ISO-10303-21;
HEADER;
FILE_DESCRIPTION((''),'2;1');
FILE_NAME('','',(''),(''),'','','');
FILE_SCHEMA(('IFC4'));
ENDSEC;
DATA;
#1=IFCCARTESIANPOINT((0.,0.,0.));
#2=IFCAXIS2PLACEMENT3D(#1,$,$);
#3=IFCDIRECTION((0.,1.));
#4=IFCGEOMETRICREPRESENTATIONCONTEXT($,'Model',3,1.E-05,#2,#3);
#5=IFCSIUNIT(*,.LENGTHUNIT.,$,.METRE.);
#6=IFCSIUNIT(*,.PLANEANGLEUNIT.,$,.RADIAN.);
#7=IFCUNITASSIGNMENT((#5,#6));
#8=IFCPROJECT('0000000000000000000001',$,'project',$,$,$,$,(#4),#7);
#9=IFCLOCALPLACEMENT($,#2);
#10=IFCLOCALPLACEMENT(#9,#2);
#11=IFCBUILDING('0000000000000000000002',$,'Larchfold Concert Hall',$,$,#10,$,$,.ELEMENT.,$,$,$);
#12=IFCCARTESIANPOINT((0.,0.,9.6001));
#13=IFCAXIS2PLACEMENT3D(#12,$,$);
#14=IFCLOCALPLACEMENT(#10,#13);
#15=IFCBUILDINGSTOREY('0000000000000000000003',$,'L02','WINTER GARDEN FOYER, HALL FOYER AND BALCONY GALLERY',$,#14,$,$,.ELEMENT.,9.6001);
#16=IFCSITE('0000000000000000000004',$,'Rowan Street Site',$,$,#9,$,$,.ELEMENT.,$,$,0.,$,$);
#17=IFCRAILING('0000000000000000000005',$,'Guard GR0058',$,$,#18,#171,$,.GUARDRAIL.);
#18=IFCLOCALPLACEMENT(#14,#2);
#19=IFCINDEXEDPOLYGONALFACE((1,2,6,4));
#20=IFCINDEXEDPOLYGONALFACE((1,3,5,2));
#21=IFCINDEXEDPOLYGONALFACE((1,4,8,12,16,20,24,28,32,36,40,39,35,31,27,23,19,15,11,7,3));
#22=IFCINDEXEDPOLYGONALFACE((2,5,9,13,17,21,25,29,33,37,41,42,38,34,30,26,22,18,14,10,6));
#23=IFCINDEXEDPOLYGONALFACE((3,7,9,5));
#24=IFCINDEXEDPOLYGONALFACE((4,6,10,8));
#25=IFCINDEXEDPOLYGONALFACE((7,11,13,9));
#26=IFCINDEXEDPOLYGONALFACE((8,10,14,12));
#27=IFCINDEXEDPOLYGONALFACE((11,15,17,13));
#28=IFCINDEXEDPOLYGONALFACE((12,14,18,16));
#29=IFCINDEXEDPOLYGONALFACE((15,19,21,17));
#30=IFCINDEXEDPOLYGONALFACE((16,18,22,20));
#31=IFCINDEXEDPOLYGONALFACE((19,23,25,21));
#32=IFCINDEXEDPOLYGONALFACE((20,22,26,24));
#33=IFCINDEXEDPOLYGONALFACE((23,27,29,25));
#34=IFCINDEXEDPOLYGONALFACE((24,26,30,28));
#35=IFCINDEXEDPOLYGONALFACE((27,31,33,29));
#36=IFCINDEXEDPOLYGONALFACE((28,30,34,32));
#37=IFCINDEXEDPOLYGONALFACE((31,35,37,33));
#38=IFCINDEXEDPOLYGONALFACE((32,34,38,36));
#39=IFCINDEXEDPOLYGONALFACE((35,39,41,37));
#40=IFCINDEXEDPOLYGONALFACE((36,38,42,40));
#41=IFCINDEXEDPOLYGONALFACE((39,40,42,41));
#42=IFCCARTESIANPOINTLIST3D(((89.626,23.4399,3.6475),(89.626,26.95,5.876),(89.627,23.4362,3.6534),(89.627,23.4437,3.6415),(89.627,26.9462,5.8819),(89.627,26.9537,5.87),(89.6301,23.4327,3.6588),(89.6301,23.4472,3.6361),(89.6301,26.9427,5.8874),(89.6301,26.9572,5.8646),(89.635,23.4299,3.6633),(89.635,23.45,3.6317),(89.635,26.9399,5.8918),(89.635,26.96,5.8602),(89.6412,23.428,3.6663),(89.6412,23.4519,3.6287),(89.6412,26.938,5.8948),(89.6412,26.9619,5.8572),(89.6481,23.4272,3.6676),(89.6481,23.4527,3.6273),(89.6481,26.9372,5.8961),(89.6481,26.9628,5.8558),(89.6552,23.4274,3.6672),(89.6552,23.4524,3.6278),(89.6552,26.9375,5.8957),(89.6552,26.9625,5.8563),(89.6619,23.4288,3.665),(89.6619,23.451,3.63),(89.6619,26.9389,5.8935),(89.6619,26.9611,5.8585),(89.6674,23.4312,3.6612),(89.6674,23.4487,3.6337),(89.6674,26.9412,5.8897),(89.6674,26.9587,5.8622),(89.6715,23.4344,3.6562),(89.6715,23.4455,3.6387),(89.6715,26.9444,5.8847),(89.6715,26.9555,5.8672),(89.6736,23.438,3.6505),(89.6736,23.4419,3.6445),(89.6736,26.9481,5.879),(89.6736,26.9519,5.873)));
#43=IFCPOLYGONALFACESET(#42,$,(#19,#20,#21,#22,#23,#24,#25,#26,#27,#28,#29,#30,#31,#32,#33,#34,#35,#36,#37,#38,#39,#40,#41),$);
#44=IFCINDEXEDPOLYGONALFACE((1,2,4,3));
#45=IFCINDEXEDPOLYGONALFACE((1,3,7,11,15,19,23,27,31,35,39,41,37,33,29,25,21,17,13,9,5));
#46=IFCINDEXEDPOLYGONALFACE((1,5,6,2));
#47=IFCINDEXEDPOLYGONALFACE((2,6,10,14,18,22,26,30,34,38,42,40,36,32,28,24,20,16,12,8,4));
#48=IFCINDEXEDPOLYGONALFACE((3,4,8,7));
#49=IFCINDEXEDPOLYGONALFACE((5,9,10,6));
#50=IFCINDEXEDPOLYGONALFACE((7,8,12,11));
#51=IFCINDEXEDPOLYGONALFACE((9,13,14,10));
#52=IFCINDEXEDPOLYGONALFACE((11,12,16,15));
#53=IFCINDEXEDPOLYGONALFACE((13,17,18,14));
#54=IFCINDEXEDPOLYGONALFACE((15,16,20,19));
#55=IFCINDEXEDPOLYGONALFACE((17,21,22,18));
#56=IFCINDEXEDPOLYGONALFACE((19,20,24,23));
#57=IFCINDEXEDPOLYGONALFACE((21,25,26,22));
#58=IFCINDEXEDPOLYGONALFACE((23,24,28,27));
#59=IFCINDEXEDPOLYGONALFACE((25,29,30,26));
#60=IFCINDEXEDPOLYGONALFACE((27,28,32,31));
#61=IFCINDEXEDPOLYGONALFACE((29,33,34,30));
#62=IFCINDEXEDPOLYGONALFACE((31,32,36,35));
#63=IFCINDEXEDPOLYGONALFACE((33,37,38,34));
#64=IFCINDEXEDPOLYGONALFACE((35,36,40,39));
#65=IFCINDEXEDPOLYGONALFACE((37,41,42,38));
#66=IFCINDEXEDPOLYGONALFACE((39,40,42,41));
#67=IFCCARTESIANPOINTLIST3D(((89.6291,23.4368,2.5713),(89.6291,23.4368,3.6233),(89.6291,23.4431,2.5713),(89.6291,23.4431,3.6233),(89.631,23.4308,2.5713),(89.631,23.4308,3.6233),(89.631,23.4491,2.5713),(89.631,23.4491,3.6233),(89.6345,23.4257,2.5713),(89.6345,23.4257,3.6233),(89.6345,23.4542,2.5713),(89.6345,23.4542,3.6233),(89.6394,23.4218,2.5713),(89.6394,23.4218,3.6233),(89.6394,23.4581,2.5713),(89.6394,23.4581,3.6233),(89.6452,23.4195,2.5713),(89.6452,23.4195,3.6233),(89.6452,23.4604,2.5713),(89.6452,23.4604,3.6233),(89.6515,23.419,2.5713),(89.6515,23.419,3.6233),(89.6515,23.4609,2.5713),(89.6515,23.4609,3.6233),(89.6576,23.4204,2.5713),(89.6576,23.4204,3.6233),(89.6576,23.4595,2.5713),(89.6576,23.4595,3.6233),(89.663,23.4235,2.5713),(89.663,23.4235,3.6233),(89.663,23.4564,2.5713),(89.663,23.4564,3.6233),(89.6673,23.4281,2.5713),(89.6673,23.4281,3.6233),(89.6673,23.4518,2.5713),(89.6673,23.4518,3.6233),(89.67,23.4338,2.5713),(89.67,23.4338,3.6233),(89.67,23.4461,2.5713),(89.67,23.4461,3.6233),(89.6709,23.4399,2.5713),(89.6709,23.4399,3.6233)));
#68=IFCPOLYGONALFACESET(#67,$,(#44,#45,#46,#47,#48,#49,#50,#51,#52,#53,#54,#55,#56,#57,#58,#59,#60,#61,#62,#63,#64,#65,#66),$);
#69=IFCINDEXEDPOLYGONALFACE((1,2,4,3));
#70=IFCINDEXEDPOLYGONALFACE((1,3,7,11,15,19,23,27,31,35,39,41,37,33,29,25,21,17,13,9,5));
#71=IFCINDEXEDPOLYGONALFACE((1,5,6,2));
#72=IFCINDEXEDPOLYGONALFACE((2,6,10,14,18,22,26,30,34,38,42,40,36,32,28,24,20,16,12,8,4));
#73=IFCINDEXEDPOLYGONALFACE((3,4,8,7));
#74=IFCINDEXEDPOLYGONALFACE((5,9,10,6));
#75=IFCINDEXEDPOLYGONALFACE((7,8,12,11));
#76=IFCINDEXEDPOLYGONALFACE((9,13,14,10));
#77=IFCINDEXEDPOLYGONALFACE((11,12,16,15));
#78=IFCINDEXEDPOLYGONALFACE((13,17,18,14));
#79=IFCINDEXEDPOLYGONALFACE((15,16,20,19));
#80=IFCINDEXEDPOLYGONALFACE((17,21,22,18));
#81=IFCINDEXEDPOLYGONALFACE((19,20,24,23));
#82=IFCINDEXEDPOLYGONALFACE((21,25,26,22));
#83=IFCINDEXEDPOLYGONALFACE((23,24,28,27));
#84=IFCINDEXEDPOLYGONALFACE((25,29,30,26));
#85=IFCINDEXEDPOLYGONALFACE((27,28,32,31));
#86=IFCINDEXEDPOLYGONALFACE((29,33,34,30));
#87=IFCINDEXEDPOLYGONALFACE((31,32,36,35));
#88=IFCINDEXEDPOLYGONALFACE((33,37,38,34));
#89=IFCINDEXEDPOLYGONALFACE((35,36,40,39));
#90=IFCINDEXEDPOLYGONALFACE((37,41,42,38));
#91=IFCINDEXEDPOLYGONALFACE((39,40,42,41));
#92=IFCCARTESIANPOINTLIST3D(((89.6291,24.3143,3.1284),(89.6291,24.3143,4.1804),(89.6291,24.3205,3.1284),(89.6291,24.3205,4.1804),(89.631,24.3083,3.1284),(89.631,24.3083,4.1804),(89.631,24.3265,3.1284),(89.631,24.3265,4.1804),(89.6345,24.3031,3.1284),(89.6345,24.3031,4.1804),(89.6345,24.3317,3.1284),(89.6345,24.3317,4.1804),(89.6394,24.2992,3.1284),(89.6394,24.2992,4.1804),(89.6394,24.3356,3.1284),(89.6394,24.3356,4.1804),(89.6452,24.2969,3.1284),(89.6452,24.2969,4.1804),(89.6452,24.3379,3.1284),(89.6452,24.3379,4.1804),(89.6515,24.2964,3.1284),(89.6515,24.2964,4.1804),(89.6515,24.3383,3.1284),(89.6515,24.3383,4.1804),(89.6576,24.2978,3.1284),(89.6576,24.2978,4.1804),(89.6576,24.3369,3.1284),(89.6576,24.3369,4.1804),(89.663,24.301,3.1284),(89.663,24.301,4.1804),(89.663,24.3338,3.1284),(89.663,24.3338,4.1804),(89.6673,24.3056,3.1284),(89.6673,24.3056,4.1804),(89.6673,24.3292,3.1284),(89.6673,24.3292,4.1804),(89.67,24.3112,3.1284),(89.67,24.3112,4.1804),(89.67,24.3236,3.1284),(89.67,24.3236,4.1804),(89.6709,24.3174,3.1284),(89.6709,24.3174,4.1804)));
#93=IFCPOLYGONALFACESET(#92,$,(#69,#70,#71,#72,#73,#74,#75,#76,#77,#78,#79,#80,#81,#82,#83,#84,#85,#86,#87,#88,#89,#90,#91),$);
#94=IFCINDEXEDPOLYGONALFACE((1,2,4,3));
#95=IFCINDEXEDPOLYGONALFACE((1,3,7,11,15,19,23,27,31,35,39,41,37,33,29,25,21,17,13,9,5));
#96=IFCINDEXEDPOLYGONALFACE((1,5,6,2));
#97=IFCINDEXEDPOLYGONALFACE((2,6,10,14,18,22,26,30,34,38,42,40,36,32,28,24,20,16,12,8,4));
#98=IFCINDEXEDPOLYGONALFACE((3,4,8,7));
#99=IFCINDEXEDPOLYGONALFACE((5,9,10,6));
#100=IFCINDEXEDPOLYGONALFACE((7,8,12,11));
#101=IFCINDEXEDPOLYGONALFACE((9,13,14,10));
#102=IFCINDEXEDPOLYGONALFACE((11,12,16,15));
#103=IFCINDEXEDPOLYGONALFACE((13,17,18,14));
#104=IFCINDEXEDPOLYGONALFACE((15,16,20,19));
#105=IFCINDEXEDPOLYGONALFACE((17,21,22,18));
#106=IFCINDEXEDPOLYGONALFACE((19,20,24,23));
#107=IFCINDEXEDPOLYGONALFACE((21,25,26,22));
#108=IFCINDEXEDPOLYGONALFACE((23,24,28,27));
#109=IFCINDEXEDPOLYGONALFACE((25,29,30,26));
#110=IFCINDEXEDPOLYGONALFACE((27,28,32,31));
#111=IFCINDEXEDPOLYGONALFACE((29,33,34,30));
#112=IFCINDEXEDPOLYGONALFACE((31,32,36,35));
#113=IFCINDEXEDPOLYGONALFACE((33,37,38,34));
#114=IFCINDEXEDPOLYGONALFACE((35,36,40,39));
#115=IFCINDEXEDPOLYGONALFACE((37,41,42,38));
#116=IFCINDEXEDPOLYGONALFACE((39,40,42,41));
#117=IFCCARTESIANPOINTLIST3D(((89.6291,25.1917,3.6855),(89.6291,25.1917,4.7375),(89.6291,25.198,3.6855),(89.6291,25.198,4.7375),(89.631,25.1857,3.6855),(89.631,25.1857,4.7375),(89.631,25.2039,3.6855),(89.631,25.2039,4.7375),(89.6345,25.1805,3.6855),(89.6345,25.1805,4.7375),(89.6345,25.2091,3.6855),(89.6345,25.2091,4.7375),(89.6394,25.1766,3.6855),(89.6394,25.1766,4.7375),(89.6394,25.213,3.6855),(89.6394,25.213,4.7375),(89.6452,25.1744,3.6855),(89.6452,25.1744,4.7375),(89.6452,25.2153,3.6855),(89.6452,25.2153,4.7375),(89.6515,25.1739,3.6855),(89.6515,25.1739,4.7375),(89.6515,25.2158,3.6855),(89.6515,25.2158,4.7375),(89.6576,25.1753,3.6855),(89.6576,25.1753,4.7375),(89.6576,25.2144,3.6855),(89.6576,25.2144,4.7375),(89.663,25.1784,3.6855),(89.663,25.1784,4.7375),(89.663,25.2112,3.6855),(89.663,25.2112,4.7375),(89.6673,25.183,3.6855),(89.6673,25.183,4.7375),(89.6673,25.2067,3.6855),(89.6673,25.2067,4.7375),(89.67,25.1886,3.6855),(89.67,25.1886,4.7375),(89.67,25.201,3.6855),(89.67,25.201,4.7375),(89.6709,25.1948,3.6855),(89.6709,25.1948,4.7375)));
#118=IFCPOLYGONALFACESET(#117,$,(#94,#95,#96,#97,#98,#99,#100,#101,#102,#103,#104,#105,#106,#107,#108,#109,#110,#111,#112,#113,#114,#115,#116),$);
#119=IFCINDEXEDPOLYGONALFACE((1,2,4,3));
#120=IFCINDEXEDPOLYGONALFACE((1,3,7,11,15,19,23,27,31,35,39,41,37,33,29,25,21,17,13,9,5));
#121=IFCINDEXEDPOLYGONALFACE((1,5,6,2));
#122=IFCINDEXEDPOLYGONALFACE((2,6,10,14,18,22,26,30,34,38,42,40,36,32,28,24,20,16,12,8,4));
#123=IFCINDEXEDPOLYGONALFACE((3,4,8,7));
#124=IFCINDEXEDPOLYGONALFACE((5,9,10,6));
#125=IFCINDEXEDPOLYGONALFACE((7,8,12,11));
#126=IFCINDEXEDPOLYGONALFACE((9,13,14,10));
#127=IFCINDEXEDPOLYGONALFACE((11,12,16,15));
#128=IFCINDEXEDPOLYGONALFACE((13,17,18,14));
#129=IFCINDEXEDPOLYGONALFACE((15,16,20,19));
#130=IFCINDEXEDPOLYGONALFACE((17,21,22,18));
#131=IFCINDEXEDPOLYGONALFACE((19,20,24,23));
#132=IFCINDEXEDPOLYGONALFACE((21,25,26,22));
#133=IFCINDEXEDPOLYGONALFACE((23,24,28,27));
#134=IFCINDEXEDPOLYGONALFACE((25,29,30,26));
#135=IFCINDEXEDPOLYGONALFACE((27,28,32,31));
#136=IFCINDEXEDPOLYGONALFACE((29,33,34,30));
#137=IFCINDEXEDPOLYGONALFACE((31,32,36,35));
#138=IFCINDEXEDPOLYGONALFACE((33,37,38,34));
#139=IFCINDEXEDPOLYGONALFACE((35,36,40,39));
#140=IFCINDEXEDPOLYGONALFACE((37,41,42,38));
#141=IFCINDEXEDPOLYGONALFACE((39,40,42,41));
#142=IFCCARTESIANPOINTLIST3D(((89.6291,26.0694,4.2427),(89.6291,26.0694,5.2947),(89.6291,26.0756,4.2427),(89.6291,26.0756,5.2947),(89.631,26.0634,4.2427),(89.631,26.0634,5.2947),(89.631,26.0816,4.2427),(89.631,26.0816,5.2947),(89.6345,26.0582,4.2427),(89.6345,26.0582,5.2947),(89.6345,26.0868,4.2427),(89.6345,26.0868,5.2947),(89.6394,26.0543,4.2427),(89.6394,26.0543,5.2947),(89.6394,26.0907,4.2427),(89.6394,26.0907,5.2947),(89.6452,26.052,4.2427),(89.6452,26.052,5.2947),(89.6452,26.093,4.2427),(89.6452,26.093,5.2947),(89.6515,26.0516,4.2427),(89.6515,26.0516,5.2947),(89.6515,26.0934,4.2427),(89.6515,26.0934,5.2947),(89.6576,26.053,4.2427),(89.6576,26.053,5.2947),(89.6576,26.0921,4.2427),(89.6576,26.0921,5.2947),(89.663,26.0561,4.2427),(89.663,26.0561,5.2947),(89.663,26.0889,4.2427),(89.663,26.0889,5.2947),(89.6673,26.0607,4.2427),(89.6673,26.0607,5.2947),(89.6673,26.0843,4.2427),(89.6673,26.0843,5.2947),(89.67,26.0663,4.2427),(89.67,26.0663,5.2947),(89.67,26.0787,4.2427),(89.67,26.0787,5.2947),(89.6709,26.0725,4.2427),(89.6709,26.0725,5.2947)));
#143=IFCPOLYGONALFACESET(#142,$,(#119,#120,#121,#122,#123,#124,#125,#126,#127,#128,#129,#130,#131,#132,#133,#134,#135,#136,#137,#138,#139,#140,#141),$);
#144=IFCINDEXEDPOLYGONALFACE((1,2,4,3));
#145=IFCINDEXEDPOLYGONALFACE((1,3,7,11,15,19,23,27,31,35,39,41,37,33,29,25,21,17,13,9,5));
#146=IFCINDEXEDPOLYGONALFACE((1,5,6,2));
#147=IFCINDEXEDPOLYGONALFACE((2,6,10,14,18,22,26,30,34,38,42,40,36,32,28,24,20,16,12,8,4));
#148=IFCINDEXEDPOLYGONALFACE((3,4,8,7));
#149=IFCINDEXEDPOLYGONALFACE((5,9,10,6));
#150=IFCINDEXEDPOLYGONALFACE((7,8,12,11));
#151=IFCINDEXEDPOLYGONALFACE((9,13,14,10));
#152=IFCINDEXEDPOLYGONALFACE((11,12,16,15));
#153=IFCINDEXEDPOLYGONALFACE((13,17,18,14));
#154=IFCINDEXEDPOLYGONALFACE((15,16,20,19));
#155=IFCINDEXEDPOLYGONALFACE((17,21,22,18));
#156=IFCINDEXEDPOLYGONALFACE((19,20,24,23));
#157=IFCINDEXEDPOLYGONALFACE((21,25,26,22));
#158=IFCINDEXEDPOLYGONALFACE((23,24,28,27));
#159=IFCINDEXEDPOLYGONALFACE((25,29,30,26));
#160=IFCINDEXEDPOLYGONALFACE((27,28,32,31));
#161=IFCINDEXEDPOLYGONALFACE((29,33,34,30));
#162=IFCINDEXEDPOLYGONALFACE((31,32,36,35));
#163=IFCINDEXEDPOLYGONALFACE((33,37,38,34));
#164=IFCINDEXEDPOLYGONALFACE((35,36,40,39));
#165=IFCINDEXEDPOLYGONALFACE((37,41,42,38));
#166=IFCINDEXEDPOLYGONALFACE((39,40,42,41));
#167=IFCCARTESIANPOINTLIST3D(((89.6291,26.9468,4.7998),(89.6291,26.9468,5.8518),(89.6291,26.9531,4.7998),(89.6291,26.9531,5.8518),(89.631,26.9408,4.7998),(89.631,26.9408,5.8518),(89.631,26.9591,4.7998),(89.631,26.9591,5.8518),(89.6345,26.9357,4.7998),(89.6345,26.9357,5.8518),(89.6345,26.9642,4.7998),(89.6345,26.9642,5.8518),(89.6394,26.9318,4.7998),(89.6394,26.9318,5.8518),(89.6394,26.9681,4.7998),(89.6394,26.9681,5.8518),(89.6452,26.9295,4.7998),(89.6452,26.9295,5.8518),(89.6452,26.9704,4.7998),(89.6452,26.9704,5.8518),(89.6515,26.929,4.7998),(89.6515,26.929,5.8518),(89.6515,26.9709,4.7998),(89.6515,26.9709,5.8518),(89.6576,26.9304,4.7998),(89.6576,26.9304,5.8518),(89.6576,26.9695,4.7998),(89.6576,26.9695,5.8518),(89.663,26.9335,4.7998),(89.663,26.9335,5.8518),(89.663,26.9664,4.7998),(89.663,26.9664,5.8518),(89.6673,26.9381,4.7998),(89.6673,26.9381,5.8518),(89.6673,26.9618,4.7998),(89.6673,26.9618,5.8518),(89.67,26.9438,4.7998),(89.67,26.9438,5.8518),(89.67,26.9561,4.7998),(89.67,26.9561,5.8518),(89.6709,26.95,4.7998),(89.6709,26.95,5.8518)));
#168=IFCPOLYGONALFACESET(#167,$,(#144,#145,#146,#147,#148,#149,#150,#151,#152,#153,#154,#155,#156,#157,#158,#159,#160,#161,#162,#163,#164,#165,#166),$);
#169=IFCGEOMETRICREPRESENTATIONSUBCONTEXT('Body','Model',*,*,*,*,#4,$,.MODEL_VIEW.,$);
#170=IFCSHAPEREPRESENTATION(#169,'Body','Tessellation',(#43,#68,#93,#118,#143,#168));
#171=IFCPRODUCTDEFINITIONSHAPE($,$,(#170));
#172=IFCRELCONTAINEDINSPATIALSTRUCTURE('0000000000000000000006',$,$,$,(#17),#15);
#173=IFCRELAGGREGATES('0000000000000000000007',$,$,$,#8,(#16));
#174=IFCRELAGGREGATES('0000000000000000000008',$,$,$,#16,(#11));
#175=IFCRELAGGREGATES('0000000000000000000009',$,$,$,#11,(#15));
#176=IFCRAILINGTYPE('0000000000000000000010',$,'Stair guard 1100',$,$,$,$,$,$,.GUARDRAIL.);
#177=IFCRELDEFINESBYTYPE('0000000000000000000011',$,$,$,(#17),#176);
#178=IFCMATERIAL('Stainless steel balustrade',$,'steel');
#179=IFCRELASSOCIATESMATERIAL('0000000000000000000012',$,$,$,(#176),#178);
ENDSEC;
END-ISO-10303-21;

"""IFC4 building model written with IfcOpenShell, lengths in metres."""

from ifc_helpers import new_model, si_unit, direction, frame, origin, origin_2d, place, context, subcontext, project, spatial, circle, extrude, material, type_object, element, save


model = new_model("IFC4")

# Units and contexts
model_context = context("Model", 3, precision=1e-05, world=origin(), true_north=direction((0.0, 1.0)))
body_context = subcontext(model_context, "Body", "Model", "MODEL_VIEW")
ifc_project = project(units=[si_unit("LENGTHUNIT", "METRE"), si_unit("PLANEANGLEUNIT", "RADIAN")], contexts=[model_context])

# Site, building, storey
site_placement = place(None, origin())
site = spatial("IfcSite", under=ifc_project, at=site_placement, Name="Rowan Street Site", CompositionType="ELEMENT", RefElevation=0.0)
building_placement = place(site_placement, origin())
building = spatial("IfcBuilding", under=site, at=building_placement, Name="Larchfold Concert Hall", CompositionType="ELEMENT")
storey_placement = place(building_placement, frame((0.0, 0.0, 9.6001)))
storey = spatial("IfcBuildingStorey", under=building, at=storey_placement, Name="L02", Description="WINTER GARDEN FOYER, HALL FOYER AND BALCONY GALLERY", CompositionType="ELEMENT", Elevation=9.6001)

# Railing
ifc_material_1 = material(Name="Stainless steel balustrade", Category="steel")
railing_type_1 = type_object("IfcRailingType", Name="Stair guard 1100", PredefinedType="GUARDRAIL", material=ifc_material_1)
railing_1_placement = place(storey_placement, frame((89.6499, 23.4399, 2.5713)))
element("IfcRailing", 1, at=railing_1_placement, inside=storey, type_object=railing_type_1, Name="Guard GR0058", PredefinedType="GUARDRAIL", context=body_context, shape_type="SweptSolid", body=[
    extrude(circle(Radius=0.0239, at=origin_2d()), frame((0.0, 0.0, 1.0762), z_axis=(0.0, 0.84422, 0.535998), x_axis=(-1.0, 0.0, 0.0)), (0.0, 0.0, 1.0), 4.1577),
    extrude(circle(Radius=0.021, at=origin_2d()), origin(), (0.0, 0.0, 1.0), 1.052),
    extrude(circle(Radius=0.021, at=origin_2d()), frame((0.0, 0.8774, 0.5571)), (0.0, 0.0, 1.0), 1.052),
    extrude(circle(Radius=0.021, at=origin_2d()), frame((0.0, 1.7549, 1.1143)), (0.0, 0.0, 1.0), 1.052),
    extrude(circle(Radius=0.021, at=origin_2d()), frame((0.0, 2.6326, 1.6714)), (0.0, 0.0, 1.0), 1.052),
    extrude(circle(Radius=0.021, at=origin_2d()), frame((0.0, 3.51, 2.2285)), (0.0, 0.0, 1.0), 1.052),
])

save(model, "model.ifc")
